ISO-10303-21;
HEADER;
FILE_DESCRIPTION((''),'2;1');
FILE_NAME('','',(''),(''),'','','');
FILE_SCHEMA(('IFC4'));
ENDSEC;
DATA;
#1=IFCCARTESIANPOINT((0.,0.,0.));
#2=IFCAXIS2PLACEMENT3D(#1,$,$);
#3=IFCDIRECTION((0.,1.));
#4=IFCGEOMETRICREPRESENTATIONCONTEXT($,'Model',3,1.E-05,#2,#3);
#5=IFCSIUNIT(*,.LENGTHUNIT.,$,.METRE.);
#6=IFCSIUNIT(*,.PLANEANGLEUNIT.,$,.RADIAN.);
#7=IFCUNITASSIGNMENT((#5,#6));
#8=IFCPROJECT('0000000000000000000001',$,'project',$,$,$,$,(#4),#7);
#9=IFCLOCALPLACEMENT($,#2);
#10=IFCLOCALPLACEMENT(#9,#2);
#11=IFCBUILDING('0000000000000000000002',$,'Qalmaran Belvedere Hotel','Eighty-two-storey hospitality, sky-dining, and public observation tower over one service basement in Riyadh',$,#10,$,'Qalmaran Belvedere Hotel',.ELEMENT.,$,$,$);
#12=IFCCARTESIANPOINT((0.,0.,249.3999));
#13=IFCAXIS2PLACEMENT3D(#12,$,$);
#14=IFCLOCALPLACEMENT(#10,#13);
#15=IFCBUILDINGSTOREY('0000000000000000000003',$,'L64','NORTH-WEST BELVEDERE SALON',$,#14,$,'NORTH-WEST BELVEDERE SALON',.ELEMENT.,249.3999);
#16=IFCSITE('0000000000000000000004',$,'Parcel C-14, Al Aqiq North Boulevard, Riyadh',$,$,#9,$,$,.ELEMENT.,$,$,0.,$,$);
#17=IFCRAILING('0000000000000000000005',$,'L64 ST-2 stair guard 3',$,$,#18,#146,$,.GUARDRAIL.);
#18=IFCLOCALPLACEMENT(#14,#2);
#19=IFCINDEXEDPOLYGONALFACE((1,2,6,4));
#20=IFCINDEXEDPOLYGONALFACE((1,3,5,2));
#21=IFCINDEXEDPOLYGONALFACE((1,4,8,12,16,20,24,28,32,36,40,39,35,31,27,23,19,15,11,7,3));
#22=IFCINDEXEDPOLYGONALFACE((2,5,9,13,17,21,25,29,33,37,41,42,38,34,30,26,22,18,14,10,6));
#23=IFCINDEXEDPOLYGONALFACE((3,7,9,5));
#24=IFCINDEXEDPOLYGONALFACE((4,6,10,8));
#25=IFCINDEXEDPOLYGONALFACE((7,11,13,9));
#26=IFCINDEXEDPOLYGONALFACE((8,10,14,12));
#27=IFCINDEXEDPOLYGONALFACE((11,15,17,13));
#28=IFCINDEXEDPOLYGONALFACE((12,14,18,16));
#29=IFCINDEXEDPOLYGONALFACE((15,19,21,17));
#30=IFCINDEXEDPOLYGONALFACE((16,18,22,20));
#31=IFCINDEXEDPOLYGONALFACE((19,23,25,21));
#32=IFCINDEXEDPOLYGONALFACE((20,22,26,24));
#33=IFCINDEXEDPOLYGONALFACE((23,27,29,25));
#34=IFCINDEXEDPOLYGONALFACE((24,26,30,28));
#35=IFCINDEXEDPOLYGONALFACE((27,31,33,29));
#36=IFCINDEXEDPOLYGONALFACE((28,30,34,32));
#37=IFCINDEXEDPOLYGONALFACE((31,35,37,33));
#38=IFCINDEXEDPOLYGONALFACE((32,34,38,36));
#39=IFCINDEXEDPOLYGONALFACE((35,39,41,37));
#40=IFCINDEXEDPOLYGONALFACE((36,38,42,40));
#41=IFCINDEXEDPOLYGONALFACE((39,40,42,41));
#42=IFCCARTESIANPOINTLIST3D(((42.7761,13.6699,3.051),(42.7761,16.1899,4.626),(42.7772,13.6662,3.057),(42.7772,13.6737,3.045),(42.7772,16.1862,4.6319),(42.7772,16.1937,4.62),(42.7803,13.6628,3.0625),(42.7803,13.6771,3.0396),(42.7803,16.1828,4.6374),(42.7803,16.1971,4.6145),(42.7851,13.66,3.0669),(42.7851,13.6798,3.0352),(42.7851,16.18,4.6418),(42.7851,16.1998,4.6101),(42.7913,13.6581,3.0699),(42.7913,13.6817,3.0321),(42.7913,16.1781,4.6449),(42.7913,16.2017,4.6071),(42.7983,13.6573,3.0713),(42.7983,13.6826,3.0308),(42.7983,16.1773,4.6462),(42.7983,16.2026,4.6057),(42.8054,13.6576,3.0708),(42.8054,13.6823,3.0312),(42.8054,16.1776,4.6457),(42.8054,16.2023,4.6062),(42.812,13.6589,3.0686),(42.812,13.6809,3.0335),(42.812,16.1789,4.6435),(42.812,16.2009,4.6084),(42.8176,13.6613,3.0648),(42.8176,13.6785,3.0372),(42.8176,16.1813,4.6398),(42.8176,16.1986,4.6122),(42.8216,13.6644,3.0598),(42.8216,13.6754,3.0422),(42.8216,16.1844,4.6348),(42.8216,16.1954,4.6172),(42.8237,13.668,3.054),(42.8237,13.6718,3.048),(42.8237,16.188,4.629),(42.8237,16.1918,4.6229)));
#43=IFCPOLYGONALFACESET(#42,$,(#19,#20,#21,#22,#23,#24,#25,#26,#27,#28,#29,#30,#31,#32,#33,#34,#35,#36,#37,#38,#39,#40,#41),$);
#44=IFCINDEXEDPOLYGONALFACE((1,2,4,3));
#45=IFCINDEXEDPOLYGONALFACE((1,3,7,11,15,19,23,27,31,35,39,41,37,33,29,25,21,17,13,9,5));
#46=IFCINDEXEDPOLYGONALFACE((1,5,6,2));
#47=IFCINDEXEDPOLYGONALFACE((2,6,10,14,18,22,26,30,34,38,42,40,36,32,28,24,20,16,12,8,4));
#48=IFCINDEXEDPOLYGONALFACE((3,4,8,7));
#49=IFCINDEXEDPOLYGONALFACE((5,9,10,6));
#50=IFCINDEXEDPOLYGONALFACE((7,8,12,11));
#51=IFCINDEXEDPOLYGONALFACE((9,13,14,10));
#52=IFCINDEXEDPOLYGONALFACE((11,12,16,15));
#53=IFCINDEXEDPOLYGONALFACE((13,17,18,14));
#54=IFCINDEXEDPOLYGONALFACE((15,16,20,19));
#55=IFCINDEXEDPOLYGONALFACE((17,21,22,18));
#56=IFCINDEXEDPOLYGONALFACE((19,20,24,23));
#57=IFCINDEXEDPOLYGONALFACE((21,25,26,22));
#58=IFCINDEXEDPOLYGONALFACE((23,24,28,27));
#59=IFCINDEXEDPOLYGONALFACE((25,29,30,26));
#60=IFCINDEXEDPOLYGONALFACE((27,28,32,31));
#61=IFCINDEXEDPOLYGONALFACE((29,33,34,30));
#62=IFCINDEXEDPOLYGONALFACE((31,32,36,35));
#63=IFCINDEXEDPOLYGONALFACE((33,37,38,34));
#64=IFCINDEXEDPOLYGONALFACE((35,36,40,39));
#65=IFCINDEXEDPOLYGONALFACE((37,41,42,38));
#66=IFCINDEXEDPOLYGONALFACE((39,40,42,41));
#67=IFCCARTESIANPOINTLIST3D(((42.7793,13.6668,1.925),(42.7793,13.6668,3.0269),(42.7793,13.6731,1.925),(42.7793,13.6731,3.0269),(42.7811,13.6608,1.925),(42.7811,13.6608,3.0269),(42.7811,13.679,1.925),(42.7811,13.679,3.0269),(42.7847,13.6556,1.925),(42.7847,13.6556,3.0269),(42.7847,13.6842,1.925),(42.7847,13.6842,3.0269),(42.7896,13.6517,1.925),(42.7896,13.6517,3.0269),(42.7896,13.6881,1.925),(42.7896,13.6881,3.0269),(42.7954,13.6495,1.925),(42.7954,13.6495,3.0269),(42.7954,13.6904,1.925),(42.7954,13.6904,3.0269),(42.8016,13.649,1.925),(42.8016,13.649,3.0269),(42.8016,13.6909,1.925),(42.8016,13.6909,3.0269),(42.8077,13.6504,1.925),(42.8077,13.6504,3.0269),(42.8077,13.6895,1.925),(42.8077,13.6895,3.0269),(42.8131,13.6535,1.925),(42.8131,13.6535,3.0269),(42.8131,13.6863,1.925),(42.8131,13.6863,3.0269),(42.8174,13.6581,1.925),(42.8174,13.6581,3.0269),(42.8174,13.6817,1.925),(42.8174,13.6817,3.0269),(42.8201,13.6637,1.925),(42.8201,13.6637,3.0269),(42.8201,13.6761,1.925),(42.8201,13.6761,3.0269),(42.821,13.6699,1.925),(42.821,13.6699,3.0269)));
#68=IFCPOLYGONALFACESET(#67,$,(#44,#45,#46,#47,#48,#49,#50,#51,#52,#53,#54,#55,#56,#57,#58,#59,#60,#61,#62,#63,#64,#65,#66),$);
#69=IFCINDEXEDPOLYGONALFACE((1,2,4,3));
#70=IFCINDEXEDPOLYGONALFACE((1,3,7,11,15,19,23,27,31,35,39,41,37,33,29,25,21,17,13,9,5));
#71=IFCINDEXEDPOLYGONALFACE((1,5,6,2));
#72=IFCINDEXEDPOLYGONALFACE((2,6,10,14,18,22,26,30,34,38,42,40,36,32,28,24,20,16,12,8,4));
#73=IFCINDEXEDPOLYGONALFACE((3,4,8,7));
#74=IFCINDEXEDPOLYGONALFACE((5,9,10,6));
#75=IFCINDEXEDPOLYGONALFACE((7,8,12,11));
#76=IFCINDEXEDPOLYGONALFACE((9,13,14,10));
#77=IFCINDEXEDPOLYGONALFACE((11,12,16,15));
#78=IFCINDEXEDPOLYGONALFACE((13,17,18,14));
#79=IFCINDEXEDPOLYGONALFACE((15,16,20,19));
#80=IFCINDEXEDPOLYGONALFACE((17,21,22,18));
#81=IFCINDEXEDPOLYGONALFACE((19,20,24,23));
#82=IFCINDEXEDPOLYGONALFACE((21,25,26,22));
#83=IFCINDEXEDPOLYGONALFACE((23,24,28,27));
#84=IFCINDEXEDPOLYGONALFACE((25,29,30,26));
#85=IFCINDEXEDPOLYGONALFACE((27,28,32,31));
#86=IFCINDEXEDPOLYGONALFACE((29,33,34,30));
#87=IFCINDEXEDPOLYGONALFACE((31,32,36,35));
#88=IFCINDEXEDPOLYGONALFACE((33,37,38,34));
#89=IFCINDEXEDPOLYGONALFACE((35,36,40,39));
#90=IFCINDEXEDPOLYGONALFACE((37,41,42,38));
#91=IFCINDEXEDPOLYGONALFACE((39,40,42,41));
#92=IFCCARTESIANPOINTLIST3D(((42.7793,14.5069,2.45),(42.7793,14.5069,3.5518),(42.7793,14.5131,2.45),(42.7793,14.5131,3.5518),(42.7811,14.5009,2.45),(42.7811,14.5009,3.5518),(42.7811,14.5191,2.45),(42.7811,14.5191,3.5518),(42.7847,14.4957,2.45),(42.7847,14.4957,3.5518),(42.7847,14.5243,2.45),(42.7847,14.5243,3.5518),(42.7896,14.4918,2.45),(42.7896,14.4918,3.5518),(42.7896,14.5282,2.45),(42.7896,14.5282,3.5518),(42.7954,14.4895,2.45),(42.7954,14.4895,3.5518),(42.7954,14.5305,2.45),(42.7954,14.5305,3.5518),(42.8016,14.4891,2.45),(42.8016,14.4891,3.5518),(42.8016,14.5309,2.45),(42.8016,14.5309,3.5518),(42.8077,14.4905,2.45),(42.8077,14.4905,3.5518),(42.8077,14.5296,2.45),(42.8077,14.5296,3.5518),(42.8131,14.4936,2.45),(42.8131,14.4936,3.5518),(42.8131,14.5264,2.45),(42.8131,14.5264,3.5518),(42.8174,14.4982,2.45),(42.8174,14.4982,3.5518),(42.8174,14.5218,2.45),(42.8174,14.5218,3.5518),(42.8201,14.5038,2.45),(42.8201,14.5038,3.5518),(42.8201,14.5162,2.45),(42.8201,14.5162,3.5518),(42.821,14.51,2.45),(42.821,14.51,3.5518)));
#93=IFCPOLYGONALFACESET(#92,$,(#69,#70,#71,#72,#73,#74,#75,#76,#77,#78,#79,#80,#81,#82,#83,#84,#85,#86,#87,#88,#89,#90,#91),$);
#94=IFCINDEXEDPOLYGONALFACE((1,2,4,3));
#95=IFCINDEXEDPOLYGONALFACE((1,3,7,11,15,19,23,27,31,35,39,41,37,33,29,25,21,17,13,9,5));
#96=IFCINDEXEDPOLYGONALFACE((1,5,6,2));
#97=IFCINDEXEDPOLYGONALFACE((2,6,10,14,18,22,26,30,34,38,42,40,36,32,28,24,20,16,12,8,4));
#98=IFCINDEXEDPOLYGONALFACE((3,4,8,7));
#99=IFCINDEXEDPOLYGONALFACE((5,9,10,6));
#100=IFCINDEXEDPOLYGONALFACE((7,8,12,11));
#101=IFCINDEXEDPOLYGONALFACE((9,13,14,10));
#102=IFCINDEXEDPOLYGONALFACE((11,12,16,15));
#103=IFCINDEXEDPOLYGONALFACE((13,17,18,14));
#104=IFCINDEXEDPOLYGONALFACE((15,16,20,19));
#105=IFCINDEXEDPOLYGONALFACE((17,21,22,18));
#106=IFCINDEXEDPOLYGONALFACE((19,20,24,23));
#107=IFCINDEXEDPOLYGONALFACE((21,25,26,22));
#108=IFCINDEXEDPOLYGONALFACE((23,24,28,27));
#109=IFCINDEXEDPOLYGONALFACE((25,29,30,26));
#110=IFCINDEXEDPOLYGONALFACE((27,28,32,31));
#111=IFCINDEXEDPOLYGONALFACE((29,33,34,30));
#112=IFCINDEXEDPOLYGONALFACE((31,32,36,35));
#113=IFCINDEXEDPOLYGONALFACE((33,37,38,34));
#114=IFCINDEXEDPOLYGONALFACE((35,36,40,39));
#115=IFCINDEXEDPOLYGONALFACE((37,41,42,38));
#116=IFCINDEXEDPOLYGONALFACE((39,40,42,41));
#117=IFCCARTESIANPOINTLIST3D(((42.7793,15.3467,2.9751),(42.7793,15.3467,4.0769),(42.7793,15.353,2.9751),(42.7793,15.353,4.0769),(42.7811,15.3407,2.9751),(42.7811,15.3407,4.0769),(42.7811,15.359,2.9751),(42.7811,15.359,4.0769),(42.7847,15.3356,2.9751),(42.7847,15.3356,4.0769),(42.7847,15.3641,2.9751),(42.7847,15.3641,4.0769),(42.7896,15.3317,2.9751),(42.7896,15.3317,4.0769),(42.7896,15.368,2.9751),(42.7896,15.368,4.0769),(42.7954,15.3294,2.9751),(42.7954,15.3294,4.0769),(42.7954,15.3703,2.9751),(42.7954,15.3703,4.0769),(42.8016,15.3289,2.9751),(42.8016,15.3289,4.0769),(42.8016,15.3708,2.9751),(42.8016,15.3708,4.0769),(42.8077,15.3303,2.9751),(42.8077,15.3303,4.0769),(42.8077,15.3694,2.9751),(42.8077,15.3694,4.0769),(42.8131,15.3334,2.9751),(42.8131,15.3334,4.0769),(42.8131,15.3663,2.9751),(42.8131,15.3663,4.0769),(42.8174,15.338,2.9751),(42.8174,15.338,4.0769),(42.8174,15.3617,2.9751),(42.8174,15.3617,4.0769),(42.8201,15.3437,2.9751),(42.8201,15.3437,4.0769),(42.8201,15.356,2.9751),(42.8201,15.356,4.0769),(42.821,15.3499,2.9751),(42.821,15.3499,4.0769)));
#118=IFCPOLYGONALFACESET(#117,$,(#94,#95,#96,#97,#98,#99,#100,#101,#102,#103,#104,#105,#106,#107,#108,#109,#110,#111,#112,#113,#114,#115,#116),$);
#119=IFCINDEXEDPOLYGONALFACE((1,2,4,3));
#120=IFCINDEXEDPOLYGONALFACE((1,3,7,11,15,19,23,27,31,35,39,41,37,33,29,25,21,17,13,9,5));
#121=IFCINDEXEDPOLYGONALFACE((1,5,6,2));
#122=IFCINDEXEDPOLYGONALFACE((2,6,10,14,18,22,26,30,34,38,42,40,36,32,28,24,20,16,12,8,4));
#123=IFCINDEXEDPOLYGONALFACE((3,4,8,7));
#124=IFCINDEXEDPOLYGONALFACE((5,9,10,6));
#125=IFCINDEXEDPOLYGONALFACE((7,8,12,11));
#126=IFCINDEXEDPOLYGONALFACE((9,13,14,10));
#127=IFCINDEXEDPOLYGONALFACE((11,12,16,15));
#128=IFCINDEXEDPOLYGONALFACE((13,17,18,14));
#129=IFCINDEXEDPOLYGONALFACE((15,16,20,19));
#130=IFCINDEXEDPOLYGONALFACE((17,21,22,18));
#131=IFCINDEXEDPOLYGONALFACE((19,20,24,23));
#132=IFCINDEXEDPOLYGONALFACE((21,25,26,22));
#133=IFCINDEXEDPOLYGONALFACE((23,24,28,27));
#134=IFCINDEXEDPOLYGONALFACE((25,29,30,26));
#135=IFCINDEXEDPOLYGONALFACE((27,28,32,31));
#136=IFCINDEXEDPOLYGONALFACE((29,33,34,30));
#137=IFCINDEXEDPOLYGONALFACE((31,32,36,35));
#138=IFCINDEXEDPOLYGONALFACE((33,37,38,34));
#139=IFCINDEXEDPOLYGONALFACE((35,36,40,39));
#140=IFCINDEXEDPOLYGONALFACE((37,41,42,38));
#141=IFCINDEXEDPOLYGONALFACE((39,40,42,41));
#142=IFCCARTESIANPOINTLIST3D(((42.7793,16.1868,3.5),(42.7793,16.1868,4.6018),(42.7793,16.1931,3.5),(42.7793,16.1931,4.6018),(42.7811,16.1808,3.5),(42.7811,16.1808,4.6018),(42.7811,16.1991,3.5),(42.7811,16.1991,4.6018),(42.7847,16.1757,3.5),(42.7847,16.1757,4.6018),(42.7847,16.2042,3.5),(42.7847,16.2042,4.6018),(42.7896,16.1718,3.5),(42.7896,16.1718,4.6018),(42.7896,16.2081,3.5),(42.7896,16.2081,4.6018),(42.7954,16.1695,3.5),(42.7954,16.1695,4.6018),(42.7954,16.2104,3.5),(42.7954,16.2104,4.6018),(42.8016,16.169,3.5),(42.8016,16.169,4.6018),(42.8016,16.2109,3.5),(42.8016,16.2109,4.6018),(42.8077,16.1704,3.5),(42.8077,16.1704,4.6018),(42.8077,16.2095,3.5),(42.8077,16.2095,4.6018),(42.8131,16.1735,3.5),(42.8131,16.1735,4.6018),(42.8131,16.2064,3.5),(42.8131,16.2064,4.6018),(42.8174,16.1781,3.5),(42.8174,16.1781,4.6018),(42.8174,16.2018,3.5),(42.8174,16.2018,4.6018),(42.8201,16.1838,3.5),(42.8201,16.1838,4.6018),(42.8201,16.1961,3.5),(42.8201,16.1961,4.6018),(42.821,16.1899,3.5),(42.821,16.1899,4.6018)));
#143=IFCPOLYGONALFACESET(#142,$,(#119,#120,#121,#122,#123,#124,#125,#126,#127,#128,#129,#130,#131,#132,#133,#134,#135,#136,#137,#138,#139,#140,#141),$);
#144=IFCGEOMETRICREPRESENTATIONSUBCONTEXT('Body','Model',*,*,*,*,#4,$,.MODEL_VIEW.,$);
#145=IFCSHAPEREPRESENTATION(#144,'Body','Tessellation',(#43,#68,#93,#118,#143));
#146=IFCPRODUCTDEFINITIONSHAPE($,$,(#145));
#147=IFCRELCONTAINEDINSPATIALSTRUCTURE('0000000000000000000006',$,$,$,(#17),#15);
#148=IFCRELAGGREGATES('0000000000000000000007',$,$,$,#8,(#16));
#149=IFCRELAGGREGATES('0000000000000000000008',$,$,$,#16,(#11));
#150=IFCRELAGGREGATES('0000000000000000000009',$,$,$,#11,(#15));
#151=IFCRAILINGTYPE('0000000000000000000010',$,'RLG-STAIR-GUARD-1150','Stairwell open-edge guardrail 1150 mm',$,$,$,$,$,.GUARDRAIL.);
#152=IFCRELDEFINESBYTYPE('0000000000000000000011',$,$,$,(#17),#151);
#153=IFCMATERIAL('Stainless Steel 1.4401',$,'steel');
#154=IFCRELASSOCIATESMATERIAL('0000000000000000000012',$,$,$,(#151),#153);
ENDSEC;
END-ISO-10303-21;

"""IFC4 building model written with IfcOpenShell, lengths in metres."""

from ifc_helpers import new_model, si_unit, direction, frame, origin, origin_2d, place, context, subcontext, project, spatial, circle, extrude, material, type_object, element, save


model = new_model("IFC4")

# Units and contexts
model_context = context("Model", 3, precision=1e-05, world=origin(), true_north=direction((0.0, 1.0)))
body_context = subcontext(model_context, "Body", "Model", "MODEL_VIEW")
ifc_project = project(units=[si_unit("LENGTHUNIT", "METRE"), si_unit("PLANEANGLEUNIT", "RADIAN")], contexts=[model_context])

# Site, building, storey
site_placement = place(None, origin())
site = spatial("IfcSite", under=ifc_project, at=site_placement, Name="Parcel C-14, Al Aqiq North Boulevard, Riyadh", CompositionType="ELEMENT", RefElevation=0.0)
building_placement = place(site_placement, origin())
building = spatial("IfcBuilding", under=site, at=building_placement, Name="Qalmaran Belvedere Hotel", Description="Eighty-two-storey hospitality, sky-dining, and public observation tower over one service basement in Riyadh", LongName="Qalmaran Belvedere Hotel", CompositionType="ELEMENT")
storey_placement = place(building_placement, frame((0.0, 0.0, 249.3999)))
storey = spatial("IfcBuildingStorey", under=building, at=storey_placement, Name="L64", Description="NORTH-WEST BELVEDERE SALON", LongName="NORTH-WEST BELVEDERE SALON", CompositionType="ELEMENT", Elevation=249.3999)

# Railing
ifc_material_1 = material(Name="Stainless Steel 1.4401", Category="steel")
railing_type_1 = type_object("IfcRailingType", Name="RLG-STAIR-GUARD-1150", Description="Stairwell open-edge guardrail 1150 mm", PredefinedType="GUARDRAIL", material=ifc_material_1)
railing_1_placement = place(storey_placement, frame((42.8, 13.6699, 1.925)))
element("IfcRailing", 1, at=railing_1_placement, inside=storey, type_object=railing_type_1, Name="L64 ST-2 stair guard 3", PredefinedType="GUARDRAIL", context=body_context, shape_type="SweptSolid", body=[
    extrude(circle(Radius=0.0239, at=origin_2d()), frame((0.0, 0.0, 1.126), z_axis=(0.0, 0.848008, 0.529984), x_axis=(-1.0, 0.0, 0.0)), (0.0, 0.0, 1.0), 2.9717),
    extrude(circle(Radius=0.021, at=origin_2d()), origin(), (0.0, 0.0, 1.0), 1.1018),
    extrude(circle(Radius=0.021, at=origin_2d()), frame((0.0, 0.8401, 0.5249)), (0.0, 0.0, 1.0), 1.1018),
    extrude(circle(Radius=0.021, at=origin_2d()), frame((0.0, 1.6799, 1.05)), (0.0, 0.0, 1.0), 1.1018),
    extrude(circle(Radius=0.021, at=origin_2d()), frame((0.0, 2.52, 1.575)), (0.0, 0.0, 1.0), 1.1018),
])

save(model, "model.ifc")
